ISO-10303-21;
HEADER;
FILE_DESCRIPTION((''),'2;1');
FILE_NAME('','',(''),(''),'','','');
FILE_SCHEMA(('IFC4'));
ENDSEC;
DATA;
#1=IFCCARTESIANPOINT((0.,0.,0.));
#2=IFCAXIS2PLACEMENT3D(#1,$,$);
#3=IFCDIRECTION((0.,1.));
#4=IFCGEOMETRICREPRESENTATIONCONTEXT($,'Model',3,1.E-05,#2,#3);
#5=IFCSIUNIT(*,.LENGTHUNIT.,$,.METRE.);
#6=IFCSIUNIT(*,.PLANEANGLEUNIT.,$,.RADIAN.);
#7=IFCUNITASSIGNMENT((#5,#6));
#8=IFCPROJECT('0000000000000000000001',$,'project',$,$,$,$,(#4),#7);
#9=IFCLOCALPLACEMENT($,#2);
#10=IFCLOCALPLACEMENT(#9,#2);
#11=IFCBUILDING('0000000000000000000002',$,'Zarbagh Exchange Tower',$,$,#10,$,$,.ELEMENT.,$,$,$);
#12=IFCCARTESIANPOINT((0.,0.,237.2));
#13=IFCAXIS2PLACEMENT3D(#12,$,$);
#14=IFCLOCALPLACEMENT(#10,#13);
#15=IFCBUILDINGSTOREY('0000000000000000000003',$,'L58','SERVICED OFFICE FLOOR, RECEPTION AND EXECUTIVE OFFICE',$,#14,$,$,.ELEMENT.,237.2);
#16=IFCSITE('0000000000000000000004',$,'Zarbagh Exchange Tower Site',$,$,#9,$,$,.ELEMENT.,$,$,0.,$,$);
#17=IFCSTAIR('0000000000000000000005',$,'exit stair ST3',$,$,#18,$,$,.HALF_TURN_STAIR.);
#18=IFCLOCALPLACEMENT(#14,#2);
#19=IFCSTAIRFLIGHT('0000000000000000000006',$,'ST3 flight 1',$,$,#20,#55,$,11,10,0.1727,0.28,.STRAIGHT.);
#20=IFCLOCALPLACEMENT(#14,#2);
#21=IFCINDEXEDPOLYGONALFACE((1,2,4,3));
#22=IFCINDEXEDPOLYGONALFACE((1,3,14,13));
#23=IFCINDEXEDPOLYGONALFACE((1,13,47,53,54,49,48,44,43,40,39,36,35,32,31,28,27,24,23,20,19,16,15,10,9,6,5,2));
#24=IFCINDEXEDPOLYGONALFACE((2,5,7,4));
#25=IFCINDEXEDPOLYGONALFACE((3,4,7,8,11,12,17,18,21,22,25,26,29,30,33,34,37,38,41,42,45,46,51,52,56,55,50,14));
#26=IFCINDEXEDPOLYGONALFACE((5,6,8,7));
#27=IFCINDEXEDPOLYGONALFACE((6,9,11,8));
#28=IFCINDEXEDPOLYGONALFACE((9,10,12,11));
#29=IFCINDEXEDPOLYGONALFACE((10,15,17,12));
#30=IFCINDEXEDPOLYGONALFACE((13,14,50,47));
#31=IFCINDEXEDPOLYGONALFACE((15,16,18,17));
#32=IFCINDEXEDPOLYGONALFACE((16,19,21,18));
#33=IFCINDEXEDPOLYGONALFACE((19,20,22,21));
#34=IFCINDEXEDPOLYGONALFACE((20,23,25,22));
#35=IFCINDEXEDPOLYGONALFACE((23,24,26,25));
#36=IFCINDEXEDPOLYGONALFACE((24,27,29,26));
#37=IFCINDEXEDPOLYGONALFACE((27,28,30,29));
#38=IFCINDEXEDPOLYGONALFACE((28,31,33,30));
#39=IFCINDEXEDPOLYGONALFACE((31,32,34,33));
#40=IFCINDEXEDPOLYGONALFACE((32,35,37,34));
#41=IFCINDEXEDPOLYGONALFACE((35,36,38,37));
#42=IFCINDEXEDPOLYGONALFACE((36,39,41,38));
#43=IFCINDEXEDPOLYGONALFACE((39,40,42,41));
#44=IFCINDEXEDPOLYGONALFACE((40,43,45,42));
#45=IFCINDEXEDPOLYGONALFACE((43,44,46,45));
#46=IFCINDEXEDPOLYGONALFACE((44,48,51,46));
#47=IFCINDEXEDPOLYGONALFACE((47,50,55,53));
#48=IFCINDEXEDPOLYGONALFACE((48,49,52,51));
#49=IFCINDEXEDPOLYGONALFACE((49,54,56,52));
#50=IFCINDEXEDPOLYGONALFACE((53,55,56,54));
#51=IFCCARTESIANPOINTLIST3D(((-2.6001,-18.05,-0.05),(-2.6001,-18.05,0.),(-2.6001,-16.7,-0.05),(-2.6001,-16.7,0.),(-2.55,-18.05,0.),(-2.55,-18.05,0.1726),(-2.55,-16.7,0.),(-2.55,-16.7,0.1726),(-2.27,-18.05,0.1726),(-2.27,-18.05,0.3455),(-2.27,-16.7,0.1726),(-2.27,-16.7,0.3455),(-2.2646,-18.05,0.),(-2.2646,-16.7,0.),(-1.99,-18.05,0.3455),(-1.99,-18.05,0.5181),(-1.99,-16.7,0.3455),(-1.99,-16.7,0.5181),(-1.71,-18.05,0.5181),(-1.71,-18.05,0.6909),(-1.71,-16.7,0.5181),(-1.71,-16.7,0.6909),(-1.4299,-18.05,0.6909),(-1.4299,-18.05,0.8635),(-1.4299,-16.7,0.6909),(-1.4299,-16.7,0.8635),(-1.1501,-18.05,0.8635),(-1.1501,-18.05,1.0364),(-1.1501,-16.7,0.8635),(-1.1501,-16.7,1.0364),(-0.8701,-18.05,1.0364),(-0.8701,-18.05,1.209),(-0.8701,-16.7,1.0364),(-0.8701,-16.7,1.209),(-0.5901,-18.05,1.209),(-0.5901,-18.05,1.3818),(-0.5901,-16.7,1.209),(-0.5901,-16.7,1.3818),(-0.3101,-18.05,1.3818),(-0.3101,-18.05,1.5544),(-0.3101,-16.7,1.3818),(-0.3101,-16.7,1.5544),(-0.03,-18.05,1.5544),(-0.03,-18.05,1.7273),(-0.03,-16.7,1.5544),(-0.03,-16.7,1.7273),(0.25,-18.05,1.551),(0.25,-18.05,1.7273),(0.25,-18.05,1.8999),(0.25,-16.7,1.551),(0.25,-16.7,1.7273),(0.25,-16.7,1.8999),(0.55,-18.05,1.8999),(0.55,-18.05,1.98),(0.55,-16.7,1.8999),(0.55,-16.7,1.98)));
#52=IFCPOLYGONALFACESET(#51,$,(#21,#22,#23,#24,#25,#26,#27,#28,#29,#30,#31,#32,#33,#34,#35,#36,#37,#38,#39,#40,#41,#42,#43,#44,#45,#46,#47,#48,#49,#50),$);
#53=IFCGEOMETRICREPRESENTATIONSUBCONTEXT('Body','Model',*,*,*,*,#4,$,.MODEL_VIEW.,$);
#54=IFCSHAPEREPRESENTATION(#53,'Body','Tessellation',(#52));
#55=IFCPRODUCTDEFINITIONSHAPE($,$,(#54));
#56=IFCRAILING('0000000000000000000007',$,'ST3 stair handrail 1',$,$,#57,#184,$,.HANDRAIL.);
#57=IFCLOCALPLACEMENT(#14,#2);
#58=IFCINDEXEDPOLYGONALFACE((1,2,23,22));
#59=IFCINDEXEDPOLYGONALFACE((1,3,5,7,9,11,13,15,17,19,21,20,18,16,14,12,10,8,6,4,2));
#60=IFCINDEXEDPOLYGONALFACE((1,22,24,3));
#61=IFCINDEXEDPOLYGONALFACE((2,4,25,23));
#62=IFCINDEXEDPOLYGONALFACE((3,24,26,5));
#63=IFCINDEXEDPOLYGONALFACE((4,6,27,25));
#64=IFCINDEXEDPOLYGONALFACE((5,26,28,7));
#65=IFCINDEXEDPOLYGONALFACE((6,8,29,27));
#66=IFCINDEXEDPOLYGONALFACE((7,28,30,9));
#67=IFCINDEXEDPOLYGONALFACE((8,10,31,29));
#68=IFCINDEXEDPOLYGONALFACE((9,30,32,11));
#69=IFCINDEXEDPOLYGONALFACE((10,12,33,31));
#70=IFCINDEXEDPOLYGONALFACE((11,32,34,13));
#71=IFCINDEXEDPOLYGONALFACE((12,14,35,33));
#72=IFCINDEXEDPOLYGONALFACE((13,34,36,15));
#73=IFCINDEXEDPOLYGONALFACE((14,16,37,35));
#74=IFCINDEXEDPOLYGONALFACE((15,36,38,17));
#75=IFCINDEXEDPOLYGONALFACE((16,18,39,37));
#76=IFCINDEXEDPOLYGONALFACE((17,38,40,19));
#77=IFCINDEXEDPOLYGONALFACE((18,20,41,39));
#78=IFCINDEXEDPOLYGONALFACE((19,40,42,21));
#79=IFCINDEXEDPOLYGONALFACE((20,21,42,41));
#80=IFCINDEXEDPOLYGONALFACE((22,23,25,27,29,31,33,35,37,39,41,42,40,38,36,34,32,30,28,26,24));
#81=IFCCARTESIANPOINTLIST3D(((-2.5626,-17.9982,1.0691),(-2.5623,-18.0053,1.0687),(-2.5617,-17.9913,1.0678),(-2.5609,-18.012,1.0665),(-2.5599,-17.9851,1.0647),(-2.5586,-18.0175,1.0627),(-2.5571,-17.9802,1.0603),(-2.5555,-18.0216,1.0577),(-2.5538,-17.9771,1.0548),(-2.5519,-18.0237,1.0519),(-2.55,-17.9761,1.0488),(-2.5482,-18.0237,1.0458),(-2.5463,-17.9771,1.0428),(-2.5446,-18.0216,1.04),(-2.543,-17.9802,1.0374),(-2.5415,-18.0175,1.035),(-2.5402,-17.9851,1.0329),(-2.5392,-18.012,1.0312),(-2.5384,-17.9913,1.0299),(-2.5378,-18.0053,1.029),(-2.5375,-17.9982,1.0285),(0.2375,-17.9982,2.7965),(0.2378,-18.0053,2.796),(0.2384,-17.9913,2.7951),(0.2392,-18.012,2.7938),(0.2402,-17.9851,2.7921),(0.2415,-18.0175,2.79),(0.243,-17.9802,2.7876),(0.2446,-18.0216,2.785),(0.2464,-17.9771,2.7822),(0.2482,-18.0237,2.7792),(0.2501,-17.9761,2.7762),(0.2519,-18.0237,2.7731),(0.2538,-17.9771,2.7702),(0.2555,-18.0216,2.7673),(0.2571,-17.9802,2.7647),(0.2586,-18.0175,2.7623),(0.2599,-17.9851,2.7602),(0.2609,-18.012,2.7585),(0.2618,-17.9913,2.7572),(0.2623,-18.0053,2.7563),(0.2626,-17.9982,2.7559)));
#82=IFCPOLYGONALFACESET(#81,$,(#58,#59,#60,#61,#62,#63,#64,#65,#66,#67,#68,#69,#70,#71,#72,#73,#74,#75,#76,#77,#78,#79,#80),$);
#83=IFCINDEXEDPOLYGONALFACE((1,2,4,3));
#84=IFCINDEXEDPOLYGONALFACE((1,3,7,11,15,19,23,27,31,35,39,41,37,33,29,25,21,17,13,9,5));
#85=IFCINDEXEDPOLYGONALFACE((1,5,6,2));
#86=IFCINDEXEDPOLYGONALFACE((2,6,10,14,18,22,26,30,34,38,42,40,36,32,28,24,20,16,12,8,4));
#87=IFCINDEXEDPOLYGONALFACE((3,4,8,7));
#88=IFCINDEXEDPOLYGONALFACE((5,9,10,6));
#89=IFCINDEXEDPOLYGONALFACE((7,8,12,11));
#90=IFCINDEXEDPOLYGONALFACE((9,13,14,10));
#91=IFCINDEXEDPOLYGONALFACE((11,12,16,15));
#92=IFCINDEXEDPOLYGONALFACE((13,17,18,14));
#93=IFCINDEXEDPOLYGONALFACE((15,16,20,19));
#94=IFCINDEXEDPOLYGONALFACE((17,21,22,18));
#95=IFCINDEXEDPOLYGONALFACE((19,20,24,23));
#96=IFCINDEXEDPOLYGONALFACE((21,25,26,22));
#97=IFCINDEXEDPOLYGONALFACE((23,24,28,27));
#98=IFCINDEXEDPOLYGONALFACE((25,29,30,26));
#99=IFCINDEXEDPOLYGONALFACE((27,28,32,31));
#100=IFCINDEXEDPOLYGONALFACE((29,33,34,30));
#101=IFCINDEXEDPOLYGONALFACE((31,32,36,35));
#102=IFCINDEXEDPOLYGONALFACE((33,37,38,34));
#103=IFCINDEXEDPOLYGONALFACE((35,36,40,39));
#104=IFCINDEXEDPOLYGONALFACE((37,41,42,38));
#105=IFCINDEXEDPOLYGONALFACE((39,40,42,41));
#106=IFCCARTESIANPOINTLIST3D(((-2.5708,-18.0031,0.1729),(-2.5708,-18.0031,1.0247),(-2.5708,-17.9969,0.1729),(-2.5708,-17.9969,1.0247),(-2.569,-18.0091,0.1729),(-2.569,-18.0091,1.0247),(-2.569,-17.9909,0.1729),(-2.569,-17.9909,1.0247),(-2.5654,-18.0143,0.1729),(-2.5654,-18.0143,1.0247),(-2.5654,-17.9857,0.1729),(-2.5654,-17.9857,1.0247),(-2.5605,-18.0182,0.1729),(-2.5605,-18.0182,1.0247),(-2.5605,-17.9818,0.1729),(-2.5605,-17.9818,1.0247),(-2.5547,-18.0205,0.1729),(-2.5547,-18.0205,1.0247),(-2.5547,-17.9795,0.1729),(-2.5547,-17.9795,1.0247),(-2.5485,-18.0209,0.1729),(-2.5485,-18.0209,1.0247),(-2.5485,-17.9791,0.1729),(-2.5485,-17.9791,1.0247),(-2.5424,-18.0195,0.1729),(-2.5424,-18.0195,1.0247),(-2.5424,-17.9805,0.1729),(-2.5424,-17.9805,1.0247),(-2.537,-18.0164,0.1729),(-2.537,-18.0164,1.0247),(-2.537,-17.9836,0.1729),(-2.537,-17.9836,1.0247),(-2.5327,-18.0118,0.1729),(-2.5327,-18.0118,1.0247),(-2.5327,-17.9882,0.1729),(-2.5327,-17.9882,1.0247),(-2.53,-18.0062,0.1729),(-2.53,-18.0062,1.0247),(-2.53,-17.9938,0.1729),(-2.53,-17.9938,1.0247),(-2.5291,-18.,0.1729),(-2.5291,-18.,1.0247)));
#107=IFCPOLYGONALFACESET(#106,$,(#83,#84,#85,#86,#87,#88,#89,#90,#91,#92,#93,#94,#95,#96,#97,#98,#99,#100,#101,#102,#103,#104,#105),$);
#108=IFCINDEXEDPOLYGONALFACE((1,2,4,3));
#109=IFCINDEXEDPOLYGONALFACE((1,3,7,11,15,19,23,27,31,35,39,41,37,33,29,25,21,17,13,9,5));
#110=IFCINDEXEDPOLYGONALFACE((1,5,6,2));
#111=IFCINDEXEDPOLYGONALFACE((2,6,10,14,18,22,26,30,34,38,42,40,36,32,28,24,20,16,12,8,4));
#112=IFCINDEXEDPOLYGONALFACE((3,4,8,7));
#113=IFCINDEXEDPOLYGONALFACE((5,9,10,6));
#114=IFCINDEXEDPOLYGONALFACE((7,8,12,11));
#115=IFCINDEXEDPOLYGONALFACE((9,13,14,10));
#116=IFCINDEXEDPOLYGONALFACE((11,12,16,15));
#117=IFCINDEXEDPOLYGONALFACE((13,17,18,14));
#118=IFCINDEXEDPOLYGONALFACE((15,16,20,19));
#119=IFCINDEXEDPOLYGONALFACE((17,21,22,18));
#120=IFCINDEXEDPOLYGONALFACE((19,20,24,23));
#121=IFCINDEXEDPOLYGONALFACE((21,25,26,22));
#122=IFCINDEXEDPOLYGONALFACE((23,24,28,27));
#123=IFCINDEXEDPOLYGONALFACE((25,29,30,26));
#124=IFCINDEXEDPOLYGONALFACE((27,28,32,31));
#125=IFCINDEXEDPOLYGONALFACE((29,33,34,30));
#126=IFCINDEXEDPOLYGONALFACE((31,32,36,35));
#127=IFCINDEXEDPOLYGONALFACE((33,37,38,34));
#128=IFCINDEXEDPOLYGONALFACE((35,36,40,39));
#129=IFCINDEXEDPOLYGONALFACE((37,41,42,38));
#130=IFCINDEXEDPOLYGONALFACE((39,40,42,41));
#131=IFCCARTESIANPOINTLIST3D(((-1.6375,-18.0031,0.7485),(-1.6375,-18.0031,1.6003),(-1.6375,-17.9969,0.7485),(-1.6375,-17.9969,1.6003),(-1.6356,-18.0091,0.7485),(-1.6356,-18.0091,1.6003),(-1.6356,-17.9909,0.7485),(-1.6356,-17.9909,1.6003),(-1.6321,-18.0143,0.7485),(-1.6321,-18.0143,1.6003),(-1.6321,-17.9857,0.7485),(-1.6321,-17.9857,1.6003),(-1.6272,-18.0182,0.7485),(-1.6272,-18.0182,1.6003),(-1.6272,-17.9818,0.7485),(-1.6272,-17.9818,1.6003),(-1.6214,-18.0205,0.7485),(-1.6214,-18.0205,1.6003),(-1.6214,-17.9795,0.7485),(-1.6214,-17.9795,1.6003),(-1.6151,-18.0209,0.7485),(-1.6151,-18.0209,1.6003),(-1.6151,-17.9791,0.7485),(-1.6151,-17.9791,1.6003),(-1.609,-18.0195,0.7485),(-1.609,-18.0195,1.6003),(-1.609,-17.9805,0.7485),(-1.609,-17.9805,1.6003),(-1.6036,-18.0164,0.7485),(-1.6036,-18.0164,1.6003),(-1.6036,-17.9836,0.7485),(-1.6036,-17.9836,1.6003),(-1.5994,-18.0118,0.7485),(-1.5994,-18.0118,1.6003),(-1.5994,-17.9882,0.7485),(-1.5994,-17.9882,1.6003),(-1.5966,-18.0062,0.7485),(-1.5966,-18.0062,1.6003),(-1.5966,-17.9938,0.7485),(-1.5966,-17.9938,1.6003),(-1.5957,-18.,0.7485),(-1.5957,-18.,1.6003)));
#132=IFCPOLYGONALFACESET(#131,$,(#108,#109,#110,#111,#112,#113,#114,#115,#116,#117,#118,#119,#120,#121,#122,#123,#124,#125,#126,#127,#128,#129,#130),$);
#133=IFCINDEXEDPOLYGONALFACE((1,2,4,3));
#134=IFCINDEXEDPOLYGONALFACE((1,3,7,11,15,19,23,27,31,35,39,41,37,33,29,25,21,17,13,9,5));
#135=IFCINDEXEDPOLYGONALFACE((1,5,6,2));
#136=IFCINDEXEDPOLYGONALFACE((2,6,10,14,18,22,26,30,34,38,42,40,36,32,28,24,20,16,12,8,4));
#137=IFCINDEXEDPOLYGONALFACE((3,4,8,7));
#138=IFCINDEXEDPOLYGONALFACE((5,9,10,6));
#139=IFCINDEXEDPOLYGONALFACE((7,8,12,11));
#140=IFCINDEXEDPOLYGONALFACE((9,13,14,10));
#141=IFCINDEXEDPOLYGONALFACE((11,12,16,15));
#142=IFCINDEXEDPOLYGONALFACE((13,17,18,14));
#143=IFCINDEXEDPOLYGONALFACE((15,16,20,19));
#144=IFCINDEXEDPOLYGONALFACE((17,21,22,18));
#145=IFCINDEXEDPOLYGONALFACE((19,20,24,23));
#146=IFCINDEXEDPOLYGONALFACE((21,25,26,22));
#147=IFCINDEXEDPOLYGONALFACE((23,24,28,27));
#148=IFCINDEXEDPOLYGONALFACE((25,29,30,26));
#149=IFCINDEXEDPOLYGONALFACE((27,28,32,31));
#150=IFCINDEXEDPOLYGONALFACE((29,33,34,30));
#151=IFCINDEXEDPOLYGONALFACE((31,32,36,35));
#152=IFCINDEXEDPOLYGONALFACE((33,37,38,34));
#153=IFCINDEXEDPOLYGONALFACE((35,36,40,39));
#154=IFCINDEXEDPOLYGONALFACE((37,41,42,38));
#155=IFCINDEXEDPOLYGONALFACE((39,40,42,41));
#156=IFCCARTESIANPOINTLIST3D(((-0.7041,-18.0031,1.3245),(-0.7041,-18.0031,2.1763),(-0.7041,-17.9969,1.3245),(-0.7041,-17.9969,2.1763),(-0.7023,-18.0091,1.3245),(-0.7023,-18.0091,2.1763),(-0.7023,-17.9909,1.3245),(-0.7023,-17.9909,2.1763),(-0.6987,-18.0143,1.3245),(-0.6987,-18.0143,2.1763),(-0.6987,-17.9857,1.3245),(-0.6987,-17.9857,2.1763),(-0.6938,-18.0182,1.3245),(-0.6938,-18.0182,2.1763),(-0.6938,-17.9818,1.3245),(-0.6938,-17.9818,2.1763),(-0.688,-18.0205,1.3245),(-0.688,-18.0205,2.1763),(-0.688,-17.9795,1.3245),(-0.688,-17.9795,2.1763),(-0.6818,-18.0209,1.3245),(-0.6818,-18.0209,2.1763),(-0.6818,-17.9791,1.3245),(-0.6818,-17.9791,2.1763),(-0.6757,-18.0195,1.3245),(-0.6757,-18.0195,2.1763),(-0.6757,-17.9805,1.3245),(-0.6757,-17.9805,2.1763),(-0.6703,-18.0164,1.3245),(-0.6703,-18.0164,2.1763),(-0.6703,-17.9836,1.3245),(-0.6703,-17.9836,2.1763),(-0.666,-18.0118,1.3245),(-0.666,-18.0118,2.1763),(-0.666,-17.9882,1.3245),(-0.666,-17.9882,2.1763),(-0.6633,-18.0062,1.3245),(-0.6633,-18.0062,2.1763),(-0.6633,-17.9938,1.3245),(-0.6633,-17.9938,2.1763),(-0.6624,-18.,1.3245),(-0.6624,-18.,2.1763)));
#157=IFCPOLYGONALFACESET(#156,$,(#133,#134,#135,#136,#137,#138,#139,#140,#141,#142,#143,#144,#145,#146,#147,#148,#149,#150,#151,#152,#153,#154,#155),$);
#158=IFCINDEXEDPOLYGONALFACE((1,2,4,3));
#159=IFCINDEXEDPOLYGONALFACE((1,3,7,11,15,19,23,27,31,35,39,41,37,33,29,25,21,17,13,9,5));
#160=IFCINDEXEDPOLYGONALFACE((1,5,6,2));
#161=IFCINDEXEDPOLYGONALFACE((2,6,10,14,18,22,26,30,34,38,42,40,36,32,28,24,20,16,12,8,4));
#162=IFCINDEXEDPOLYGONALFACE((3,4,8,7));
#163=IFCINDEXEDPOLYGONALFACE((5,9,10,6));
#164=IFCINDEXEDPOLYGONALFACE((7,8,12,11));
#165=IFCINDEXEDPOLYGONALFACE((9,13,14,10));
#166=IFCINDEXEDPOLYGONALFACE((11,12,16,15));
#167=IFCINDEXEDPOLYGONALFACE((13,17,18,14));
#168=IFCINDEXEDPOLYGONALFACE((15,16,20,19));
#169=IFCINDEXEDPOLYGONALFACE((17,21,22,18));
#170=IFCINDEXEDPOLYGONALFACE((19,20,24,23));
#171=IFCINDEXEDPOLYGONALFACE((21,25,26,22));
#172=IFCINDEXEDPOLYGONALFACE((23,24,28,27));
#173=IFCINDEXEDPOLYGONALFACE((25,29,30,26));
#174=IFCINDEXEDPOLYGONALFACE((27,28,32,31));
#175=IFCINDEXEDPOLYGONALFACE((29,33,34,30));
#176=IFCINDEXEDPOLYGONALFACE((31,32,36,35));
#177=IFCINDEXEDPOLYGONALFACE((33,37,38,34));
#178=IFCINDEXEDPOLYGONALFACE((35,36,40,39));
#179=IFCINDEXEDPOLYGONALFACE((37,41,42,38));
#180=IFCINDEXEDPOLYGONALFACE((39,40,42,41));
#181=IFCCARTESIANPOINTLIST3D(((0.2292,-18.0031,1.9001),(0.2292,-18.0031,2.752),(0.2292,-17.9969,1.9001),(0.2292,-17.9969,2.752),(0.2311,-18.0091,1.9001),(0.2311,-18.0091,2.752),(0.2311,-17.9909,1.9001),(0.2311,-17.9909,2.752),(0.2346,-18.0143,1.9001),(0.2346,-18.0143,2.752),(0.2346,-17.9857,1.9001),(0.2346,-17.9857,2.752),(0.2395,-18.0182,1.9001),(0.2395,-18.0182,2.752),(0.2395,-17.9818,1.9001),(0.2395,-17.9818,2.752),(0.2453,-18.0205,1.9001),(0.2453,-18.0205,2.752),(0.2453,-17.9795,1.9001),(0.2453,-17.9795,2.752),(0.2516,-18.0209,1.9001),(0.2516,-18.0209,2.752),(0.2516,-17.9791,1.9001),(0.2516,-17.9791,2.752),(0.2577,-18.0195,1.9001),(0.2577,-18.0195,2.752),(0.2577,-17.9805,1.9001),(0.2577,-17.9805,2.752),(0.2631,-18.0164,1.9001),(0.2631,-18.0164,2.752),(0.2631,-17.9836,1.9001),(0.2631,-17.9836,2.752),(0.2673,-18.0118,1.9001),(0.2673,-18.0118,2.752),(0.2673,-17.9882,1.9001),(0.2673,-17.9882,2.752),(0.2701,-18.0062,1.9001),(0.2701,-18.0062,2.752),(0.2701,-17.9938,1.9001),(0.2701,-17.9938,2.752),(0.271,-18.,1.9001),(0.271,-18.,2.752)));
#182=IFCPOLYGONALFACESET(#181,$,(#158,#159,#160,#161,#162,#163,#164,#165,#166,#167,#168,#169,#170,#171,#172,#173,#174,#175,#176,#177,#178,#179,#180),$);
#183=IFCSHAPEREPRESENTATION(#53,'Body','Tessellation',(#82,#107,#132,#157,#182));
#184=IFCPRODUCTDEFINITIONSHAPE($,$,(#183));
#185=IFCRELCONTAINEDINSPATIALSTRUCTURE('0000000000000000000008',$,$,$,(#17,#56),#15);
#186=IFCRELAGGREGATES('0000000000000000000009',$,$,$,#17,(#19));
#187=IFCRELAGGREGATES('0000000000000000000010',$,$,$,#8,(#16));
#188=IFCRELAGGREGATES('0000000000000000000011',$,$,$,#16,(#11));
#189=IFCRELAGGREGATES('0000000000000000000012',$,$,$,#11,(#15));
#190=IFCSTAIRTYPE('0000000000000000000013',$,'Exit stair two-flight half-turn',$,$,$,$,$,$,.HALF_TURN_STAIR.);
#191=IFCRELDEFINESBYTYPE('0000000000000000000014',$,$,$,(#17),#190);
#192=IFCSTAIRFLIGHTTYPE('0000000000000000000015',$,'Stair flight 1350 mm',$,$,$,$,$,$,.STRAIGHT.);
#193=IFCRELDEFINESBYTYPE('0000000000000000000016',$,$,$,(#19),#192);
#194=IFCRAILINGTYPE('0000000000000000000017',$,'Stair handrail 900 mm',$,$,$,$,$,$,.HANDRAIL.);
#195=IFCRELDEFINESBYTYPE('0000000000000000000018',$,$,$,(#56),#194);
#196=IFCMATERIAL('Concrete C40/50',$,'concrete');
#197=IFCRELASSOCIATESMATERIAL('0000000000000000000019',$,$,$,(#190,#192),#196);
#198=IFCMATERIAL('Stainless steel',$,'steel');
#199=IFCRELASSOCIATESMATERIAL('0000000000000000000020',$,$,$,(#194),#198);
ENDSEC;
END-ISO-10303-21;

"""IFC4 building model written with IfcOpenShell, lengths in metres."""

from ifc_helpers import new_model, si_unit, direction, frame, origin, origin_2d, place, context, subcontext, project, spatial, polyline, circle, outline, extrude, material, type_object, element, aggregate, save


model = new_model("IFC4")

# Units and contexts
model_context = context("Model", 3, precision=1e-05, world=origin(), true_north=direction((0.0, 1.0)))
body_context = subcontext(model_context, "Body", "Model", "MODEL_VIEW")
ifc_project = project(units=[si_unit("LENGTHUNIT", "METRE"), si_unit("PLANEANGLEUNIT", "RADIAN")], contexts=[model_context])

# Site, building, storey
site_placement = place(None, origin())
site = spatial("IfcSite", under=ifc_project, at=site_placement, Name="Zarbagh Exchange Tower Site", CompositionType="ELEMENT", RefElevation=0.0)
building_placement = place(site_placement, origin())
building = spatial("IfcBuilding", under=site, at=building_placement, Name="Zarbagh Exchange Tower", CompositionType="ELEMENT")
storey_placement = place(building_placement, frame((0.0, 0.0, 237.2)))
storey = spatial("IfcBuildingStorey", under=building, at=storey_placement, Name="L58", Description="SERVICED OFFICE FLOOR, RECEPTION AND EXECUTIVE OFFICE", CompositionType="ELEMENT", Elevation=237.2)

# Stair, stair flight
ifc_material_1 = material(Name="Concrete C40/50", Category="concrete")
stair_type = type_object("IfcStairType", Name="Exit stair two-flight half-turn", PredefinedType="HALF_TURN_STAIR", material=ifc_material_1)
stair_placement = place(storey_placement, origin())
stair = element("IfcStair", 1, at=stair_placement, inside=storey, type_object=stair_type, Name="exit stair ST3", PredefinedType="HALF_TURN_STAIR")
stair_flight_type = type_object("IfcStairFlightType", Name="Stair flight 1350 mm", PredefinedType="STRAIGHT", material=ifc_material_1)
stair_flight_placement = place(storey_placement, frame((-2.55, -17.375, 0.0), z_axis=(0.0, 0.0, 1.0), x_axis=(1.0, 0.0, 0.0)))
stair_flight = element("IfcStairFlight", 2, at=stair_flight_placement, type_object=stair_flight_type, Name="ST3 flight 1", NumberOfRisers=11, NumberOfTreads=10, PredefinedType="STRAIGHT", RiserHeight=0.1727, TreadLength=0.28, context=body_context, shape_type="SweptSolid", body=[
    extrude(outline(polyline([(-0.05, -0.05), (-0.05, 0.0), (0.0, 0.0), (0.0, 0.1726), (0.28, 0.1726), (0.28, 0.3455), (0.5601, 0.3455), (0.5601, 0.5181), (0.8401, 0.5181), (0.8401, 0.6909), (1.1201, 0.6909), (1.1201, 0.8635), (1.3999, 0.8635), (1.3999, 1.0364), (1.6799, 1.0364), (1.6799, 1.209), (1.96, 1.209), (1.96, 1.3818), (2.24, 1.3818), (2.24, 1.5544), (2.52, 1.5544), (2.52, 1.7273), (2.8, 1.7273), (2.8, 1.8999), (3.1001, 1.98), (3.1001, 1.8999), (2.8, 1.551), (0.2854, 0.0), (-0.05, -0.05)])), frame((0.0, 0.675, 0.0), z_axis=(0.0, -1.0, 0.0), x_axis=(1.0, 0.0, 0.0)), (0.0, 0.0, 1.0), 1.3501),
])
aggregate(stair, [stair_flight])

# Railing
ifc_material_2 = material(Name="Stainless steel", Category="steel")
railing_type_1 = type_object("IfcRailingType", Name="Stair handrail 900 mm", PredefinedType="HANDRAIL", material=ifc_material_2)
railing_1_placement = place(storey_placement, frame((-2.55, -18.0, 0.1729)))
element("IfcRailing", 3, at=railing_1_placement, inside=storey, type_object=railing_type_1, Name="ST3 stair handrail 1", PredefinedType="HANDRAIL", context=body_context, shape_type="SweptSolid", body=[
    extrude(circle(Radius=0.0239, at=origin_2d()), frame((0.0, 0.0, 0.876), z_axis=(0.85109, 0.0, 0.52502), x_axis=(0.0, 1.0, 0.0)), (0.0, 0.0, 1.0), 3.29),
    extrude(circle(Radius=0.021, at=origin_2d()), origin(), (0.0, 0.0, 1.0), 0.8518),
    extrude(circle(Radius=0.021, at=origin_2d()), frame((0.9333, 0.0, 0.5757)), (0.0, 0.0, 1.0), 0.8518),
    extrude(circle(Radius=0.021, at=origin_2d()), frame((1.8667, 0.0, 1.1516)), (0.0, 0.0, 1.0), 0.8518),
    extrude(circle(Radius=0.021, at=origin_2d()), frame((2.8, 0.0, 1.7273)), (0.0, 0.0, 1.0), 0.8518),
])

save(model, "model.ifc")
